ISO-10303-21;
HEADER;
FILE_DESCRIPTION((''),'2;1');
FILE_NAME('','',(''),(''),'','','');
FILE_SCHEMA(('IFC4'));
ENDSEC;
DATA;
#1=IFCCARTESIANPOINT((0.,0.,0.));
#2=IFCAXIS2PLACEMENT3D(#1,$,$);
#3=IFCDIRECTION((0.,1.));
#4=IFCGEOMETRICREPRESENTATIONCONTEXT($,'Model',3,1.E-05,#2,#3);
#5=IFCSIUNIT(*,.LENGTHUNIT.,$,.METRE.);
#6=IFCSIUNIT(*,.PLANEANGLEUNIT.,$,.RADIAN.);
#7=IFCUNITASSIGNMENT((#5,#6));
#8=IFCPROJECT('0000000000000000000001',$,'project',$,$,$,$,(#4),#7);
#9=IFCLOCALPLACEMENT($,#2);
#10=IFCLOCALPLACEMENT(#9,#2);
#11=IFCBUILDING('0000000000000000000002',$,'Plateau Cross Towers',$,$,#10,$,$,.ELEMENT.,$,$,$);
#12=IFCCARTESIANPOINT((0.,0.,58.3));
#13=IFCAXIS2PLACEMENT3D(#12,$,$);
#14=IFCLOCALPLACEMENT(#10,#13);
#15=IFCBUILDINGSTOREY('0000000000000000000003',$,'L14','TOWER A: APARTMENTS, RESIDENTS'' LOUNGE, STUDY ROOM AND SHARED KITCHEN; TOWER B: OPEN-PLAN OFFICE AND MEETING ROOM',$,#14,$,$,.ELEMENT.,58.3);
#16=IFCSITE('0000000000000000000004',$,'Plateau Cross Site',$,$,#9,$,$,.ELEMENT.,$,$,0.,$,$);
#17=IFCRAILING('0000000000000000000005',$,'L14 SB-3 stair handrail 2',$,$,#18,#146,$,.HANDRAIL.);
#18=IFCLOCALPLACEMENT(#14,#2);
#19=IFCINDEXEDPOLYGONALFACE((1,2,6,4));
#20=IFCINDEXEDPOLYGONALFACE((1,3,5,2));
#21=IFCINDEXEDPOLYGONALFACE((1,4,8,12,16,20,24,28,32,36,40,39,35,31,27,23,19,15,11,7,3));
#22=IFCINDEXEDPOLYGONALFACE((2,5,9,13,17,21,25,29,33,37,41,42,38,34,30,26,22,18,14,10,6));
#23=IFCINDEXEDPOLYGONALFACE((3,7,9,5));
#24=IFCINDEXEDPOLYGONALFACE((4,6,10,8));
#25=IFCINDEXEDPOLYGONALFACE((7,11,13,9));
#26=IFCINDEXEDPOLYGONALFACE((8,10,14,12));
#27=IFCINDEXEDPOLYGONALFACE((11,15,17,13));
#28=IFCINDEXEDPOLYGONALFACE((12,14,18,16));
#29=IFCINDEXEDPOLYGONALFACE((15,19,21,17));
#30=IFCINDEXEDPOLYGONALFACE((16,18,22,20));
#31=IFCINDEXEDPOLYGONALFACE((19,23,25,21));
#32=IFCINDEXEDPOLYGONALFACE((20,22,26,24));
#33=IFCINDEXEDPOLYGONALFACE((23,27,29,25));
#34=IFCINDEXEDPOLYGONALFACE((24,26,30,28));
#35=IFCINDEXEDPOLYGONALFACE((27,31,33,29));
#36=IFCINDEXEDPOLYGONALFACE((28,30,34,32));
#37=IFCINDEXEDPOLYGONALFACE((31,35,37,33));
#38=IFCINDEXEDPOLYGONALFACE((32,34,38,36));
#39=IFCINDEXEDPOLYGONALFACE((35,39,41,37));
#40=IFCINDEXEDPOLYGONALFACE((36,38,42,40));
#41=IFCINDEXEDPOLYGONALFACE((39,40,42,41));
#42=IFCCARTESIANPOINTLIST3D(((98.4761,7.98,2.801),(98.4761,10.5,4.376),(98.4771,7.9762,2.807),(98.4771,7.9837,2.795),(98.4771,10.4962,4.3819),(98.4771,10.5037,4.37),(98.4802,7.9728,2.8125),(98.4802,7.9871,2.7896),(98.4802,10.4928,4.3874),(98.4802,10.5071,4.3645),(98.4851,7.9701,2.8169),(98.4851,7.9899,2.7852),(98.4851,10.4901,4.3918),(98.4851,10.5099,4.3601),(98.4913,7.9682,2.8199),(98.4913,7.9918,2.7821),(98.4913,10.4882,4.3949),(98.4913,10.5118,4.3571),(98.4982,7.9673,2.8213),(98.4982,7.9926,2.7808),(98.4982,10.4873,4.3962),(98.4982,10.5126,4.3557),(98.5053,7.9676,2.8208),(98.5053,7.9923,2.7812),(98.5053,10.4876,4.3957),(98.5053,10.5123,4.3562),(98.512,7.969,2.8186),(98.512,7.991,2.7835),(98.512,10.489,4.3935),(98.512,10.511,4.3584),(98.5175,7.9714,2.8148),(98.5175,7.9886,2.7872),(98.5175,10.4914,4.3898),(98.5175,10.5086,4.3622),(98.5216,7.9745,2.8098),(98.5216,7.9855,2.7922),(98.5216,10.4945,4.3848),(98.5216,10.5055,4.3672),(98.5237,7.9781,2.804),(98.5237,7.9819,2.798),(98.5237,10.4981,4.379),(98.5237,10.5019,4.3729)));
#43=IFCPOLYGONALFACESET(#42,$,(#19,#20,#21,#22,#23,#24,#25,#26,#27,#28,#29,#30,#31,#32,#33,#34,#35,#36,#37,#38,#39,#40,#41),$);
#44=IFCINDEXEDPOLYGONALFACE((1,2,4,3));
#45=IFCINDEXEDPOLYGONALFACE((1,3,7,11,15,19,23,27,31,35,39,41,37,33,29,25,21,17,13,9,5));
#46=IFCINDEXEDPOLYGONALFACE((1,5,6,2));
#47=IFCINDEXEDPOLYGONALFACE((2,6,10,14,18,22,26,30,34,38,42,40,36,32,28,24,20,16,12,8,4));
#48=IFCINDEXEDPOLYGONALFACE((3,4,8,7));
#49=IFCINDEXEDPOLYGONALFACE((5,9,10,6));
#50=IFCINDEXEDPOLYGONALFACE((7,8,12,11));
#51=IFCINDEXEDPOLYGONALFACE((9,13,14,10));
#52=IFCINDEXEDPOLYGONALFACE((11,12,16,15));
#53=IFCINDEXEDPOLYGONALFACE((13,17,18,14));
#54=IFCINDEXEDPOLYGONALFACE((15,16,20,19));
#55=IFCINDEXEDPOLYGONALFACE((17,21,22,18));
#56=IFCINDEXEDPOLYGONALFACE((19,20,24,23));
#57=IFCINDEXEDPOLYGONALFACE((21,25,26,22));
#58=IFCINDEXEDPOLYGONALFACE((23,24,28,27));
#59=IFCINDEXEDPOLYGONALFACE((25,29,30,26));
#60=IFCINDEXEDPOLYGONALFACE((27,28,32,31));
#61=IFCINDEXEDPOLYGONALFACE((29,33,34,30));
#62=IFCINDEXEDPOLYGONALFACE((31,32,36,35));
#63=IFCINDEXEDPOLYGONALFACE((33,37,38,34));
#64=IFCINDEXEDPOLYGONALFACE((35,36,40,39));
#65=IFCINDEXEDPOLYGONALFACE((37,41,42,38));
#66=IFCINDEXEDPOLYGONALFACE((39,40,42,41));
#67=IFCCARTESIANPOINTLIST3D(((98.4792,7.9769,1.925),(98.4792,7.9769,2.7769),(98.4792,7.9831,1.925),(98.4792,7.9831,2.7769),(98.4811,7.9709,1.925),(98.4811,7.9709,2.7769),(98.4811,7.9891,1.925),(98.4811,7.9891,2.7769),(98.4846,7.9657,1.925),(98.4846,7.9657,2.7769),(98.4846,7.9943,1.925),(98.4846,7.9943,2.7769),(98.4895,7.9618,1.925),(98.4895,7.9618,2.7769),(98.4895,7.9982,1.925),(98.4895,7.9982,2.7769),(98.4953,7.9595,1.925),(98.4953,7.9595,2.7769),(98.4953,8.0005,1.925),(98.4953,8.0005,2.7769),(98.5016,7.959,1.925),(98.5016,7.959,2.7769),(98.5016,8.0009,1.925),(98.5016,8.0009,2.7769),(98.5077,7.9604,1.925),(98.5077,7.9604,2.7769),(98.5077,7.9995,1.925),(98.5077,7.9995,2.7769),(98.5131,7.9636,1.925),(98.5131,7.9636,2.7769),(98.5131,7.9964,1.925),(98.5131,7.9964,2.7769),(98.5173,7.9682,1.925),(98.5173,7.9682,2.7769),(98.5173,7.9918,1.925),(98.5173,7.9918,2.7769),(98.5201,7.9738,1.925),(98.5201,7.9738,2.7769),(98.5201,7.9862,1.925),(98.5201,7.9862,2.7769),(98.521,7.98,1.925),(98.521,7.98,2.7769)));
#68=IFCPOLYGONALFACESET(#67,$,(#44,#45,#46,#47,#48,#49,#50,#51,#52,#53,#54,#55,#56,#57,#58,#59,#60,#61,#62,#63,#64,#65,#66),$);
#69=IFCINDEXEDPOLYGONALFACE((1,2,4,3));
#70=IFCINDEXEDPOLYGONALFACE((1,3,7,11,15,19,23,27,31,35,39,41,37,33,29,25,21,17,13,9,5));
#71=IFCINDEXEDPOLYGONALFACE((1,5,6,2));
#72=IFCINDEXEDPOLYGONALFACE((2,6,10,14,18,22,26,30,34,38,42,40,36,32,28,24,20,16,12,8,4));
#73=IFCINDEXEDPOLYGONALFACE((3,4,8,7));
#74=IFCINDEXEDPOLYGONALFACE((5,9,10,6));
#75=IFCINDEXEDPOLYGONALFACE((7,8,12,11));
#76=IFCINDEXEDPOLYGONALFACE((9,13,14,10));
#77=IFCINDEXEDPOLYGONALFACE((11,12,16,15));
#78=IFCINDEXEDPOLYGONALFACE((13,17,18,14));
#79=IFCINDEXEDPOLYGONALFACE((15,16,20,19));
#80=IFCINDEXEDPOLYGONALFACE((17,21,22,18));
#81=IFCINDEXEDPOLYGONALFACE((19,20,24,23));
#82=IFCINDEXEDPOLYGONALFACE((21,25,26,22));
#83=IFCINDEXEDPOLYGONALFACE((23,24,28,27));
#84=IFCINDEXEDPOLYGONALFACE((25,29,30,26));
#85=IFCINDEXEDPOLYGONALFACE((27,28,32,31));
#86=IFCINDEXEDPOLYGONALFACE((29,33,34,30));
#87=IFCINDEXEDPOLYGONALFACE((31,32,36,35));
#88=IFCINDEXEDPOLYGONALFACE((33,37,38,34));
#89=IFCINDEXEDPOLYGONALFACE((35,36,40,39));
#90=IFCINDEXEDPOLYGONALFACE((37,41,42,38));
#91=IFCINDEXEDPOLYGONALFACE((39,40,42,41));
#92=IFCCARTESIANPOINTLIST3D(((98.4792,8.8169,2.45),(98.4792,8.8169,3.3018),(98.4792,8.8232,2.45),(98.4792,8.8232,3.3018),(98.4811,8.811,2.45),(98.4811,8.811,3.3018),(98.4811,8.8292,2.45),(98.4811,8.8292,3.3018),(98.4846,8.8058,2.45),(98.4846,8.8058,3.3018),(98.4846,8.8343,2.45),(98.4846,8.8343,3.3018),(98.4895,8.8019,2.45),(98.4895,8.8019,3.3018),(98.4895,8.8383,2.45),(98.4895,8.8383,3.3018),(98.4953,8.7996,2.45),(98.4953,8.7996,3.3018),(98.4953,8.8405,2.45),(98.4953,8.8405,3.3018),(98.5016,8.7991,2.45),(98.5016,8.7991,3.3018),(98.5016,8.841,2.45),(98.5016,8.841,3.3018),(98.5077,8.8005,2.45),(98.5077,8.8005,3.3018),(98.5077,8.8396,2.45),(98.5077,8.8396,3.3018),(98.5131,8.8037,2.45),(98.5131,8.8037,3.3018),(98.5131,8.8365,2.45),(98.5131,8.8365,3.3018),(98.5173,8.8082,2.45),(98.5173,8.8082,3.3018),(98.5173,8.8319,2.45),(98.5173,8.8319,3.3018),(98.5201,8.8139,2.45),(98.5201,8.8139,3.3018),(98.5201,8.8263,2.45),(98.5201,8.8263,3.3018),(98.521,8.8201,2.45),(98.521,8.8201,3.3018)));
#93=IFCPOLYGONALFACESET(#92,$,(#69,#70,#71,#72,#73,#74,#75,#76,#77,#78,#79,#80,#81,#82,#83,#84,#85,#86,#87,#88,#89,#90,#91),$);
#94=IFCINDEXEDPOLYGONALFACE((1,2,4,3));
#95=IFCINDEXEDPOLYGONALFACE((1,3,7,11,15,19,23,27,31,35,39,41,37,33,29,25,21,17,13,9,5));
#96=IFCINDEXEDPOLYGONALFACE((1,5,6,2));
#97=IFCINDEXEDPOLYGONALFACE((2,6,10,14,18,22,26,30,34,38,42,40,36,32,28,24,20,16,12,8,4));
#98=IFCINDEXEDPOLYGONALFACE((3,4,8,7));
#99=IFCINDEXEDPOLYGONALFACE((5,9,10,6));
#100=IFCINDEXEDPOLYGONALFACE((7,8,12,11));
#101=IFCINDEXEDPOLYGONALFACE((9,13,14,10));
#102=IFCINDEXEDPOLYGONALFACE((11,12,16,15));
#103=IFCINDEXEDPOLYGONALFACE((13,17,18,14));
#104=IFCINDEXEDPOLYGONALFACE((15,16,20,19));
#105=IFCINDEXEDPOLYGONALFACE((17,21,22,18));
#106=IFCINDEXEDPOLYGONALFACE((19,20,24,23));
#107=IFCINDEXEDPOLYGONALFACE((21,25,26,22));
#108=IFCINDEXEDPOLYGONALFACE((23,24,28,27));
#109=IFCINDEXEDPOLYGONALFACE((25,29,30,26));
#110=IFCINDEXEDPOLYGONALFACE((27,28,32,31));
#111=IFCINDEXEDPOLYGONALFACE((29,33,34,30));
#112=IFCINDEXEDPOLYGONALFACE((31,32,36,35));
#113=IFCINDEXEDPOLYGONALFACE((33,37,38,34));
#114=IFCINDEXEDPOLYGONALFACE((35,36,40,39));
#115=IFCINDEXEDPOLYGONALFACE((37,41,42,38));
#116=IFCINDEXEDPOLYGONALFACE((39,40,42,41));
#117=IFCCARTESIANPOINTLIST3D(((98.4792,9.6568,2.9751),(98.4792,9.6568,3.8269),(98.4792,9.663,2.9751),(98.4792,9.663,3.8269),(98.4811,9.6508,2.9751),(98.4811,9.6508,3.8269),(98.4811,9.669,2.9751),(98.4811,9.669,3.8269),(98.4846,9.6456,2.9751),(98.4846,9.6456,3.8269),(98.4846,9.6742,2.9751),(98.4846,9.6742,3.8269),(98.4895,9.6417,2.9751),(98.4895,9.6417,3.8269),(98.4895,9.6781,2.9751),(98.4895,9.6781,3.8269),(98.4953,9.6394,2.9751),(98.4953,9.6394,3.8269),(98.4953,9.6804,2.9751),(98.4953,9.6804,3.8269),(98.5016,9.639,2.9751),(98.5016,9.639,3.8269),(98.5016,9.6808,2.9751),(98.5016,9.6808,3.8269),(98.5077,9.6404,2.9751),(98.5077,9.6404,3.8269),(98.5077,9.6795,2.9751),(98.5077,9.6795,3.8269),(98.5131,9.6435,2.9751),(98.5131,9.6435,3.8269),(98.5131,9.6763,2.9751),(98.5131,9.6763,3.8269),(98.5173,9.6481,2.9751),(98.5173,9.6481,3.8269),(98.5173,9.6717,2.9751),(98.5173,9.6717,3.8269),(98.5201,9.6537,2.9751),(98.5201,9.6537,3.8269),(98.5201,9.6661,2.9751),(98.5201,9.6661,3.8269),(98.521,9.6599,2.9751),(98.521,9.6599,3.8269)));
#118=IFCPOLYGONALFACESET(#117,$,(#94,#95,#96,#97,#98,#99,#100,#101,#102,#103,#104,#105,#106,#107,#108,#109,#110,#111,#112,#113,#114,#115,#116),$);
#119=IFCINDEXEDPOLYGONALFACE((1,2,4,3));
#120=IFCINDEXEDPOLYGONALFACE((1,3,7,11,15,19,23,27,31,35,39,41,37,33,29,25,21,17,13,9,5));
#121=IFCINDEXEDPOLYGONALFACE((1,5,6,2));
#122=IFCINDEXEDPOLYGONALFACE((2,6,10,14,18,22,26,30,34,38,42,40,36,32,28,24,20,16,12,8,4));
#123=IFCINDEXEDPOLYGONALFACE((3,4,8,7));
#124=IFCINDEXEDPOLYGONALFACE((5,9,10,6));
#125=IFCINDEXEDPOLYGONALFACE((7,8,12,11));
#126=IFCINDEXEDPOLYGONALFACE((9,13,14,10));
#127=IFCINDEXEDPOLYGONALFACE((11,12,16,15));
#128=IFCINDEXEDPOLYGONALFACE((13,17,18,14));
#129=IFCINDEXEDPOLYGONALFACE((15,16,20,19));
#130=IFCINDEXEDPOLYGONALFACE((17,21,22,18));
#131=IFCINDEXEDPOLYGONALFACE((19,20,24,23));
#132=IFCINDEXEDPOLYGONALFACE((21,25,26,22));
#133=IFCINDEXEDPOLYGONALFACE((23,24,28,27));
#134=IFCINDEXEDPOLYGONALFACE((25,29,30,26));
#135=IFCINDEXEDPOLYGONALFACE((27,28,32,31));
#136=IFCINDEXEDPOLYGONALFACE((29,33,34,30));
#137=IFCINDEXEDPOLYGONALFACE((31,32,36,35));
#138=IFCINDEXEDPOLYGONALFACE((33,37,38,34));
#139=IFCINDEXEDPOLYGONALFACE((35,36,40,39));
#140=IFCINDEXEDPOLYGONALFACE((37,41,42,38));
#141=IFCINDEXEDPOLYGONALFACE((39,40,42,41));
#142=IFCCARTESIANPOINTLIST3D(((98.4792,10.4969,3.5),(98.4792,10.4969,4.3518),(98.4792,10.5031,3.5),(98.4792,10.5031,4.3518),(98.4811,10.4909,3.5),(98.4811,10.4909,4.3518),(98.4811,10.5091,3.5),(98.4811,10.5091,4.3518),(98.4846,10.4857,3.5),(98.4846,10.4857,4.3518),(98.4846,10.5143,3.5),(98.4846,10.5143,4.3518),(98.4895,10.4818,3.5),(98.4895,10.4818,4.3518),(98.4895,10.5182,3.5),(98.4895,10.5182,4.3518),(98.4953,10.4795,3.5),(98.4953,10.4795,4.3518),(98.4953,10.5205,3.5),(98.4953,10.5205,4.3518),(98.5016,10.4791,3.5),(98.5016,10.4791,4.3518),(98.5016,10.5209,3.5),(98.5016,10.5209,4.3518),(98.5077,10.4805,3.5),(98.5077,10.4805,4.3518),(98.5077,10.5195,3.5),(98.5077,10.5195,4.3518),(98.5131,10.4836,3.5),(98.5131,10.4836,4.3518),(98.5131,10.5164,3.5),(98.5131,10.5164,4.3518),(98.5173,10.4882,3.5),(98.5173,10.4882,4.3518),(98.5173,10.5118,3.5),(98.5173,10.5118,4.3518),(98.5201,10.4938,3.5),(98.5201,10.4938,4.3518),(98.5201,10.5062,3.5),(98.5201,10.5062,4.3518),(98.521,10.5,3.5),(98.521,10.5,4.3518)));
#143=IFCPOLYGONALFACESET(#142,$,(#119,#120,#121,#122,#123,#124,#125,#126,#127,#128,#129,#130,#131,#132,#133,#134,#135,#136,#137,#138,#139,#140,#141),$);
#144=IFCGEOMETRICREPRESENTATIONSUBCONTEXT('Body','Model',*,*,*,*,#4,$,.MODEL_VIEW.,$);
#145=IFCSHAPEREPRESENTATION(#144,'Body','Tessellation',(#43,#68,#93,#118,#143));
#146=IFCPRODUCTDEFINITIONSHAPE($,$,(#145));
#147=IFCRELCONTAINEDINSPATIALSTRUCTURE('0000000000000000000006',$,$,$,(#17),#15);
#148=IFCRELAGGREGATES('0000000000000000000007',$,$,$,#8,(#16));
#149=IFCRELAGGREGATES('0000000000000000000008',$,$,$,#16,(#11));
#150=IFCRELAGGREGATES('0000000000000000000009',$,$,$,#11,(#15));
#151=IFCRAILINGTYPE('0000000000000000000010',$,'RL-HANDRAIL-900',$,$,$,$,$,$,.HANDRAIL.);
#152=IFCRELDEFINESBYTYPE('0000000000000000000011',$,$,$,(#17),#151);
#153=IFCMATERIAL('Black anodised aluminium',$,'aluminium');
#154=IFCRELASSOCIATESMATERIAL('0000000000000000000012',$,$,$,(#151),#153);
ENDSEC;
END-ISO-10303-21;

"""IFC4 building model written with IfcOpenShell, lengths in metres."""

from ifc_helpers import new_model, si_unit, direction, frame, origin, origin_2d, place, context, subcontext, project, spatial, circle, extrude, material, type_object, element, save


model = new_model("IFC4")

# Units and contexts
model_context = context("Model", 3, precision=1e-05, world=origin(), true_north=direction((0.0, 1.0)))
body_context = subcontext(model_context, "Body", "Model", "MODEL_VIEW")
ifc_project = project(units=[si_unit("LENGTHUNIT", "METRE"), si_unit("PLANEANGLEUNIT", "RADIAN")], contexts=[model_context])

# Site, building, storey
site_placement = place(None, origin())
site = spatial("IfcSite", under=ifc_project, at=site_placement, Name="Plateau Cross Site", CompositionType="ELEMENT", RefElevation=0.0)
building_placement = place(site_placement, origin())
building = spatial("IfcBuilding", under=site, at=building_placement, Name="Plateau Cross Towers", CompositionType="ELEMENT")
storey_placement = place(building_placement, frame((0.0, 0.0, 58.3)))
storey = spatial("IfcBuildingStorey", under=building, at=storey_placement, Name="L14", Description="TOWER A: APARTMENTS, RESIDENTS' LOUNGE, STUDY ROOM AND SHARED KITCHEN; TOWER B: OPEN-PLAN OFFICE AND MEETING ROOM", CompositionType="ELEMENT", Elevation=58.3)

# Shared definitions
ifc_material_1 = material(Name="Black anodised aluminium", Category="aluminium")

# Railing
railing_type_1 = type_object("IfcRailingType", Name="RL-HANDRAIL-900", PredefinedType="HANDRAIL", material=ifc_material_1)
railing_1_placement = place(storey_placement, frame((98.5, 7.98, 1.925)))
element("IfcRailing", 1, at=railing_1_placement, inside=storey, type_object=railing_type_1, Name="L14 SB-3 stair handrail 2", PredefinedType="HANDRAIL", context=body_context, shape_type="SweptSolid", body=[
    extrude(circle(Radius=0.0239, at=origin_2d()), frame((0.0, 0.0, 0.876), z_axis=(0.0, 0.848008, 0.529984), x_axis=(-1.0, 0.0, 0.0)), (0.0, 0.0, 1.0), 2.9717),
    extrude(circle(Radius=0.021, at=origin_2d()), origin(), (0.0, 0.0, 1.0), 0.8518),
    extrude(circle(Radius=0.021, at=origin_2d()), frame((0.0, 0.8401, 0.5249)), (0.0, 0.0, 1.0), 0.8518),
    extrude(circle(Radius=0.021, at=origin_2d()), frame((0.0, 1.6799, 1.05)), (0.0, 0.0, 1.0), 0.8518),
    extrude(circle(Radius=0.021, at=origin_2d()), frame((0.0, 2.52, 1.575)), (0.0, 0.0, 1.0), 0.8518),
])

save(model, "model.ifc")
